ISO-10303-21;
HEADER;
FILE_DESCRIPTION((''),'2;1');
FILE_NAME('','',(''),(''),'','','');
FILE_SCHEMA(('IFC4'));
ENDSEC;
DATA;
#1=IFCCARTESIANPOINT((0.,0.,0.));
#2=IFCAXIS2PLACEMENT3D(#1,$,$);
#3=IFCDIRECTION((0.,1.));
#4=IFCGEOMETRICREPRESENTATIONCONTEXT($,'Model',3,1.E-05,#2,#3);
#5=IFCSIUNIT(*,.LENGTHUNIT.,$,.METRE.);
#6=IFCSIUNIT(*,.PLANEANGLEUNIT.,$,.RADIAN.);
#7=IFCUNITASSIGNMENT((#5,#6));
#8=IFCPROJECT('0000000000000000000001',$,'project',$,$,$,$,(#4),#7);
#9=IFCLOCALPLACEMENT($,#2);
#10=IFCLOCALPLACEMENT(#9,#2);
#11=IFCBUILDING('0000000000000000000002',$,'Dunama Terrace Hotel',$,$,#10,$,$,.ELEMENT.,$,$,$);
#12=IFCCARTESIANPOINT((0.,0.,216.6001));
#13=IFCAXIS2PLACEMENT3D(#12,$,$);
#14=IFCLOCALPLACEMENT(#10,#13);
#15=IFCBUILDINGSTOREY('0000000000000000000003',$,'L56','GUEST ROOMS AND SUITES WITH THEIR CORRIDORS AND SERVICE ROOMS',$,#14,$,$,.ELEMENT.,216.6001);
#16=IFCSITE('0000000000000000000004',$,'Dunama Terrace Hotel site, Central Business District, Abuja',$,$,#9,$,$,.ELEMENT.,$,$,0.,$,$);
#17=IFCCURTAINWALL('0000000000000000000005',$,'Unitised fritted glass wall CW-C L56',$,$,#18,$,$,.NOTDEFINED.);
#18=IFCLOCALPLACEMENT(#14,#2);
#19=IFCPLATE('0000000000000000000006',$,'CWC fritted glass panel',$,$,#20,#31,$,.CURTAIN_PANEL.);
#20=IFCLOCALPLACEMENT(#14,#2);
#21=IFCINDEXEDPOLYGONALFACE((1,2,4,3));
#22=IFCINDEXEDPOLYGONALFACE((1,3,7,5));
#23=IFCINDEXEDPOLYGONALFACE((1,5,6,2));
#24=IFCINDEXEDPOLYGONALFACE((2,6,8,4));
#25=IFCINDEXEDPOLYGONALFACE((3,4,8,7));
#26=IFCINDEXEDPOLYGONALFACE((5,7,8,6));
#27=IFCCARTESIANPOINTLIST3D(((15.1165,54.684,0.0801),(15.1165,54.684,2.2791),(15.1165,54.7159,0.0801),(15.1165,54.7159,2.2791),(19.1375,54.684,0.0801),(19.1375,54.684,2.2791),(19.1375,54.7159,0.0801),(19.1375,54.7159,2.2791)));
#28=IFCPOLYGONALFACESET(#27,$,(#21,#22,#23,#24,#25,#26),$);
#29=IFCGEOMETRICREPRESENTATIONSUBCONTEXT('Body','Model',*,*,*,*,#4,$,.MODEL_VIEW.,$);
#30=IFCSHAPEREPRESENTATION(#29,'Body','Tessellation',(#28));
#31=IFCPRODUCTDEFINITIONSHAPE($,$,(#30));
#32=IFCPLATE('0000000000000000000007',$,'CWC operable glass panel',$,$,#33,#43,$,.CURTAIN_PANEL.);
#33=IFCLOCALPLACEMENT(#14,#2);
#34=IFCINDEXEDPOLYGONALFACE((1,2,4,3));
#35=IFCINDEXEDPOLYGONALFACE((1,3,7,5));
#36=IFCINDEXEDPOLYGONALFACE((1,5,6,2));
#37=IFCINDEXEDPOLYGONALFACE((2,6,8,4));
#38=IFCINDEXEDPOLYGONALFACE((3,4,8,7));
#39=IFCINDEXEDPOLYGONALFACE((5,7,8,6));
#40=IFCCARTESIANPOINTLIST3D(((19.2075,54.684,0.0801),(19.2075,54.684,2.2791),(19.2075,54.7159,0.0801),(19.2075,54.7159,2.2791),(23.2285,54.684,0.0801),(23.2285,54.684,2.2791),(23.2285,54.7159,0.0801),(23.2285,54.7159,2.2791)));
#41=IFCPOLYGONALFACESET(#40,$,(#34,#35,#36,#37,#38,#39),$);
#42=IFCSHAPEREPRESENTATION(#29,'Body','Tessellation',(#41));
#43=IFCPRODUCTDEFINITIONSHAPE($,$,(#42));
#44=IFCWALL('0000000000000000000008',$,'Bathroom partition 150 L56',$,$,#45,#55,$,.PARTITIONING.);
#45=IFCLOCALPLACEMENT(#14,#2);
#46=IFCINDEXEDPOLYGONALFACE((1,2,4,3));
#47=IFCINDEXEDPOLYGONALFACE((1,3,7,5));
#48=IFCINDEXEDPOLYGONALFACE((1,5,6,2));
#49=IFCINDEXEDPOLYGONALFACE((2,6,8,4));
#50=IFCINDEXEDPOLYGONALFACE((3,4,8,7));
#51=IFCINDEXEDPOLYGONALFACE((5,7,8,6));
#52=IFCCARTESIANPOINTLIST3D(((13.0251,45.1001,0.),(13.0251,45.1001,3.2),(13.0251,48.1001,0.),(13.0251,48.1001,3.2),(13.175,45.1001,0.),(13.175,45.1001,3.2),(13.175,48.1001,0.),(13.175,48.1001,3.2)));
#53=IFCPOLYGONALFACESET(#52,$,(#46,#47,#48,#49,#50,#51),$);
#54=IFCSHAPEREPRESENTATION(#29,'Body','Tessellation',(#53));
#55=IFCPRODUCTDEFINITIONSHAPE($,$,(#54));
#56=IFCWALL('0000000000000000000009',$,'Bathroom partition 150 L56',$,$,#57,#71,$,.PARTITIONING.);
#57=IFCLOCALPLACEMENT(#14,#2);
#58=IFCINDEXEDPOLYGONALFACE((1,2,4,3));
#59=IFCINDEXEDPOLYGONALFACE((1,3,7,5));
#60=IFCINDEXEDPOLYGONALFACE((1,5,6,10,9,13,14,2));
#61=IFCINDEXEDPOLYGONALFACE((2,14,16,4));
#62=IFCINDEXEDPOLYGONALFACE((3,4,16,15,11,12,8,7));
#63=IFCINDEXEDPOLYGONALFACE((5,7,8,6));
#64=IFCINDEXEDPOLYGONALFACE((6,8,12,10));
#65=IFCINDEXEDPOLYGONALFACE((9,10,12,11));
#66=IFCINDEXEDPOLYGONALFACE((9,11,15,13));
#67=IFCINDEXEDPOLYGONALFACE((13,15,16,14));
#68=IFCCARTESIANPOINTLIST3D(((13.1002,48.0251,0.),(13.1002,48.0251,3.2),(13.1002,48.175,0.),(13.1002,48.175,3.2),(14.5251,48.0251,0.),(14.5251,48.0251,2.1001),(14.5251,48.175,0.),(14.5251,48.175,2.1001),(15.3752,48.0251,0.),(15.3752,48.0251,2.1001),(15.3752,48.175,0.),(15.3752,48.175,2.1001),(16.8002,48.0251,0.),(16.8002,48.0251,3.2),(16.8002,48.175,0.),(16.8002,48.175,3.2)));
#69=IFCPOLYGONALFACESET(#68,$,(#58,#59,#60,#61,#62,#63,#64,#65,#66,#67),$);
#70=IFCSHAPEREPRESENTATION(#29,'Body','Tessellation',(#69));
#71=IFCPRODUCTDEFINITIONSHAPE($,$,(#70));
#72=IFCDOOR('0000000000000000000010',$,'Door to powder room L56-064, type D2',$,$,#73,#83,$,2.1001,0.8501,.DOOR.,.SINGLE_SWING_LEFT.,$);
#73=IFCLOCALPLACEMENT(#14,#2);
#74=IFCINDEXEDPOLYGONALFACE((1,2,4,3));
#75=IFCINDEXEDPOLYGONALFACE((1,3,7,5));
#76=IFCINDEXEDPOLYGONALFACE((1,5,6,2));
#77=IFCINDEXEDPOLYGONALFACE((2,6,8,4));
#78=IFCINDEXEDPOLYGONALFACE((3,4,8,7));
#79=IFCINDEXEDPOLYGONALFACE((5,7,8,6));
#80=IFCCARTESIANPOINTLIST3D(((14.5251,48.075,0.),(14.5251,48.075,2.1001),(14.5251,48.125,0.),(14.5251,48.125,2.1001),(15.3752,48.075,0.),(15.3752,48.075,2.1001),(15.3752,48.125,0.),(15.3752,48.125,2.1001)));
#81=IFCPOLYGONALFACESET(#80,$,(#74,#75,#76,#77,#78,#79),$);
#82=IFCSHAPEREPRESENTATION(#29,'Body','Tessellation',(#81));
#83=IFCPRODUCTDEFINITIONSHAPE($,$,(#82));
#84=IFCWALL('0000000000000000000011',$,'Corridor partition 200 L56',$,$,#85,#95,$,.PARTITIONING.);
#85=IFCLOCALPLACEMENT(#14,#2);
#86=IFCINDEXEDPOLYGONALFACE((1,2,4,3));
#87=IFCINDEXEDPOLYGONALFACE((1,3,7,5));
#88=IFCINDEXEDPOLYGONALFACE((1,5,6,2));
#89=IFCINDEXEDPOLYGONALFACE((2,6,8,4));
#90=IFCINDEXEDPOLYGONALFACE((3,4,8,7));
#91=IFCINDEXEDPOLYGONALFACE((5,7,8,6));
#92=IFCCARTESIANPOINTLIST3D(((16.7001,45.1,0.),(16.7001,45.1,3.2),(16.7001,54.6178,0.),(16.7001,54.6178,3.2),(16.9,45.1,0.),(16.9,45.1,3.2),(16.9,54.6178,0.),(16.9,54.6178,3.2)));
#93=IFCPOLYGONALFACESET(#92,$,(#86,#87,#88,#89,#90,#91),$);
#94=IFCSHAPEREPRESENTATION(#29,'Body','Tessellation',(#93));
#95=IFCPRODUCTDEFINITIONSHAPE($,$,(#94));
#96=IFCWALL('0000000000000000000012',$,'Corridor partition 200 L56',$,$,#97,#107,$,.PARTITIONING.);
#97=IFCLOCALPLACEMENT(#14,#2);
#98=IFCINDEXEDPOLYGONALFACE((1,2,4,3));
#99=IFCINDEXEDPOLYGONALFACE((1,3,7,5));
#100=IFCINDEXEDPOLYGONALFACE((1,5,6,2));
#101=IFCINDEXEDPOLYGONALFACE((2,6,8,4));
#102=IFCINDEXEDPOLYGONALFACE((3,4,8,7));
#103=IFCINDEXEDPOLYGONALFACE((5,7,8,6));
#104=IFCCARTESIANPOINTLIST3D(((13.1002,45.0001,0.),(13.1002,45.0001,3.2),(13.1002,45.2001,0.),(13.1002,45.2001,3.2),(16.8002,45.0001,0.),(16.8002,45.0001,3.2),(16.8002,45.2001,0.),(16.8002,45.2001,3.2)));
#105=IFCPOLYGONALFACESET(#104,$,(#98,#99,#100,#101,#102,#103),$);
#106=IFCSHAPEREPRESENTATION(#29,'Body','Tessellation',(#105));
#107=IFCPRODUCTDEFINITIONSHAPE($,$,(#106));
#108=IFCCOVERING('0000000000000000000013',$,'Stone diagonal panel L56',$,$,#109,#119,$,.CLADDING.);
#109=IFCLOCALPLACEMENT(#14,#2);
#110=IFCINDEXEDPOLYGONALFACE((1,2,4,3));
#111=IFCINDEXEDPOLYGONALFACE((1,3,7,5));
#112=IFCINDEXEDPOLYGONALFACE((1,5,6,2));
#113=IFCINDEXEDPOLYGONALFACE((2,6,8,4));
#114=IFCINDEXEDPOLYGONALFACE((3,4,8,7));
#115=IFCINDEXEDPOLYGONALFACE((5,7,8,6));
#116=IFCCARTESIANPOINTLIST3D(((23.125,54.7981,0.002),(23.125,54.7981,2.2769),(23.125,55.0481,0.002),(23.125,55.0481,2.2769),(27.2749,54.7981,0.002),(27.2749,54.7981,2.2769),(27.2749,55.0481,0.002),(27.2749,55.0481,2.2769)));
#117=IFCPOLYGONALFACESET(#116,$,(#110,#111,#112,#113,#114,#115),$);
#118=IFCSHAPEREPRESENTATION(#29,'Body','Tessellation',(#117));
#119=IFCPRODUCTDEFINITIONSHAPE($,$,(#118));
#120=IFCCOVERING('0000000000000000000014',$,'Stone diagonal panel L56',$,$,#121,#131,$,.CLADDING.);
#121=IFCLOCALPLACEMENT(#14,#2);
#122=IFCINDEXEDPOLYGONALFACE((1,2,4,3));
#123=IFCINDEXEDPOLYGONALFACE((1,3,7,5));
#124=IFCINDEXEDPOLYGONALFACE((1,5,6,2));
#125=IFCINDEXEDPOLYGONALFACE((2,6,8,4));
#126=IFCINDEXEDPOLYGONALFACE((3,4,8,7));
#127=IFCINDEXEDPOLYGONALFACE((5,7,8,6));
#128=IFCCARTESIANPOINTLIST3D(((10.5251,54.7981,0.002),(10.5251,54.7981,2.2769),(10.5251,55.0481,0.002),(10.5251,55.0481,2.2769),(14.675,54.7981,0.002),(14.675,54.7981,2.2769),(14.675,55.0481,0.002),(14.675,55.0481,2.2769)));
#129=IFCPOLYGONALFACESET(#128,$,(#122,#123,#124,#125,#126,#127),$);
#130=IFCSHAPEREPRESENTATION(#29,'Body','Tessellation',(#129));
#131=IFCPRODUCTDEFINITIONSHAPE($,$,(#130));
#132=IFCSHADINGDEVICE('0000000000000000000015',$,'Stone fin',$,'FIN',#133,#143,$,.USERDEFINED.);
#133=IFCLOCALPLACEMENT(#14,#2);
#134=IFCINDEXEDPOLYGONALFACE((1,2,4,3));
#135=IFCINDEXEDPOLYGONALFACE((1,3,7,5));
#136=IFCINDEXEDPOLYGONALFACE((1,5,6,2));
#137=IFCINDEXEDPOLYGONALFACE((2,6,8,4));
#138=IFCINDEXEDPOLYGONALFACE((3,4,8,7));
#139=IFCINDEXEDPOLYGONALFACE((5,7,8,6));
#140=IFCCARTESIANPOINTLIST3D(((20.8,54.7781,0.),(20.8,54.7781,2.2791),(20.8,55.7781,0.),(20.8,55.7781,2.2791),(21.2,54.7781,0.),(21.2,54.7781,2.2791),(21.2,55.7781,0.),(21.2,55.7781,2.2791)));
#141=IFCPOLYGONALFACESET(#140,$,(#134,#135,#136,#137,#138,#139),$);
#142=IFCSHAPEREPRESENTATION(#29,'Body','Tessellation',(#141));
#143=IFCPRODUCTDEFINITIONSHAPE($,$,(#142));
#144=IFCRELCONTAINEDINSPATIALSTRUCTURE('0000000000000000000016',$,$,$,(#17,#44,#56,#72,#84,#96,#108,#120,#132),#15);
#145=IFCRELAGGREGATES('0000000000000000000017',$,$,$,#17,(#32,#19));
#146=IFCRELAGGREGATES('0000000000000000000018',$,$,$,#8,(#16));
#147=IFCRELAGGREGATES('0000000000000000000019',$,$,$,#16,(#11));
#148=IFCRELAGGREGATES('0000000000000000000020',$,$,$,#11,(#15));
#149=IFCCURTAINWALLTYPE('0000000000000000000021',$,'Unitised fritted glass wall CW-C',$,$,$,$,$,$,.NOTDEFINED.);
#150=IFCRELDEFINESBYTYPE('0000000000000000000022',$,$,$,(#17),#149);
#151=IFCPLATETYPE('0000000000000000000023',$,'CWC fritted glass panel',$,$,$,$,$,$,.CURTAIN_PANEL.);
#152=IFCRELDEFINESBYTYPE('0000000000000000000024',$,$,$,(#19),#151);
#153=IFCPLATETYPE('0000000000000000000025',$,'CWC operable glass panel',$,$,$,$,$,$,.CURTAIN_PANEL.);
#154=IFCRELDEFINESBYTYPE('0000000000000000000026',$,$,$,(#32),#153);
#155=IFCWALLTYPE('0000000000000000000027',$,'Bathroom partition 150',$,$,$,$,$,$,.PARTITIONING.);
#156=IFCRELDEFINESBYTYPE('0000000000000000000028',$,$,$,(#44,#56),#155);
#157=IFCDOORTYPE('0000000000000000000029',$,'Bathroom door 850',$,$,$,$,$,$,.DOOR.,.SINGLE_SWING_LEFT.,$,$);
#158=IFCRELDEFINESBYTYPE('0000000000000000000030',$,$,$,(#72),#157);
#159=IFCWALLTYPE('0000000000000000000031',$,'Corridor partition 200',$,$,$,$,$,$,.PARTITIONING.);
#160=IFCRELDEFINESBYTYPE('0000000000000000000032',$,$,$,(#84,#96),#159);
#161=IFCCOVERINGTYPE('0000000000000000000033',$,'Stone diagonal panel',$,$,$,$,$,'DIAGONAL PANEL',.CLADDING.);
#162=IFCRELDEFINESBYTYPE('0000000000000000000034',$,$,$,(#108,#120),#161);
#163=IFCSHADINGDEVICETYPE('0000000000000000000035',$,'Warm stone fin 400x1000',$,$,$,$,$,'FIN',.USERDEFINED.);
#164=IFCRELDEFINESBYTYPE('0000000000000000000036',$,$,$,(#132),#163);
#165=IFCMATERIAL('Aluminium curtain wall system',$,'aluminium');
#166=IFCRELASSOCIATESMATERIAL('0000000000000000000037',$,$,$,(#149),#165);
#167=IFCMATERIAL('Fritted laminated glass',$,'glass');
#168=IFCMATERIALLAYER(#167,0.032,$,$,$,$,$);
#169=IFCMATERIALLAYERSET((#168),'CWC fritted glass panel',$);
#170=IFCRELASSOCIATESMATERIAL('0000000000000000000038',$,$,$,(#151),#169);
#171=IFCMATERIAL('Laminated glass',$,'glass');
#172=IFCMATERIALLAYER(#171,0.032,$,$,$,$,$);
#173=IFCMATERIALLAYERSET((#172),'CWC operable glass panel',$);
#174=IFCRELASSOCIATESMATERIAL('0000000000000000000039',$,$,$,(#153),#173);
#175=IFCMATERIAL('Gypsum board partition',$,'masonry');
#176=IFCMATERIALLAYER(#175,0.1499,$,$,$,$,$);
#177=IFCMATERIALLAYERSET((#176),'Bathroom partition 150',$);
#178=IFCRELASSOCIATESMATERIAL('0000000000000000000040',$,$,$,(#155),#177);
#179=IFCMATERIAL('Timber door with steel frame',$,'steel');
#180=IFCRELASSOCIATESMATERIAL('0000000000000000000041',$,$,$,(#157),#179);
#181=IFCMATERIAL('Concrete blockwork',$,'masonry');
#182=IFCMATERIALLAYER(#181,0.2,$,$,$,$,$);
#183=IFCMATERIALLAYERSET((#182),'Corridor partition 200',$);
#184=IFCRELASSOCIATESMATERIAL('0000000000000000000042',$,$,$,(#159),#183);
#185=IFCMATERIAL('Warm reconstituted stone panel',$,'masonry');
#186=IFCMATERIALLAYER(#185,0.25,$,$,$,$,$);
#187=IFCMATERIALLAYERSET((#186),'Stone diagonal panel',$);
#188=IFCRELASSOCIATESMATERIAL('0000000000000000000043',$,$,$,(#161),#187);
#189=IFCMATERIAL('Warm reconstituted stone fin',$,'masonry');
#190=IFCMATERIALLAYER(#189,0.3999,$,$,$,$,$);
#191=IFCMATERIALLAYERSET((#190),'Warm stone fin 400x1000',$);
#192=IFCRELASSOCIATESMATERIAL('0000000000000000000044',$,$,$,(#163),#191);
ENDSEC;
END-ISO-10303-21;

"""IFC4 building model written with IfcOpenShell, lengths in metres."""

from ifc_helpers import new_model, si_unit, direction, frame, frame_2d, origin, origin_2d, place, context, subcontext, project, spatial, rectangle, extrude, material, layer, layer_set, type_object, element, fill, aggregate, save


model = new_model("IFC4")

# Units and contexts
model_context = context("Model", 3, precision=1e-05, world=origin(), true_north=direction((0.0, 1.0)))
body_context = subcontext(model_context, "Body", "Model", "MODEL_VIEW")
ifc_project = project(units=[si_unit("LENGTHUNIT", "METRE"), si_unit("PLANEANGLEUNIT", "RADIAN")], contexts=[model_context])

# Site, building, storey
site_placement = place(None, origin())
site = spatial("IfcSite", under=ifc_project, at=site_placement, Name="Dunama Terrace Hotel site, Central Business District, Abuja", CompositionType="ELEMENT", RefElevation=0.0)
building_placement = place(site_placement, origin())
building = spatial("IfcBuilding", under=site, at=building_placement, Name="Dunama Terrace Hotel", CompositionType="ELEMENT")
storey_placement = place(building_placement, frame((0.0, 0.0, 216.6001)))
storey = spatial("IfcBuildingStorey", under=building, at=storey_placement, Name="L56", Description="GUEST ROOMS AND SUITES WITH THEIR CORRIDORS AND SERVICE ROOMS", CompositionType="ELEMENT", Elevation=216.6001)

# Curtain wall, plates
ifc_material_1 = material(Name="Aluminium curtain wall system", Category="aluminium")
curtain_wall_type = type_object("IfcCurtainWallType", Name="Unitised fritted glass wall CW-C", PredefinedType="NOTDEFINED", material=ifc_material_1)
curtain_wall_placement = place(storey_placement, origin())
curtain_wall = element("IfcCurtainWall", 1, at=curtain_wall_placement, inside=storey, type_object=curtain_wall_type, Name="Unitised fritted glass wall CW-C L56", PredefinedType="NOTDEFINED")
ifc_material_2 = material(Name="Fritted laminated glass", Category="glass")
ifc_layer_1 = layer(ifc_material_2, 0.032)
ifc_layer_set_1 = layer_set([ifc_layer_1], Name="CWC fritted glass panel")
plate_type_1 = type_object("IfcPlateType", Name="CWC fritted glass panel", PredefinedType="CURTAIN_PANEL", material=ifc_layer_set_1)
plate_1_placement = place(storey_placement, frame((17.127, 54.7, 0.0801), z_axis=(0.0, 0.0, 1.0), x_axis=(-1.0, 0.0, 0.0)))
plate_1 = element("IfcPlate", 2, at=plate_1_placement, type_object=plate_type_1, Name="CWC fritted glass panel", PredefinedType="CURTAIN_PANEL", context=body_context, shape_type="SweptSolid", body=[
    extrude(rectangle(XDim=4.021, YDim=0.032, at=origin_2d()), origin(), (0.0, 0.0, 1.0), 2.199),
])
ifc_material_3 = material(Name="Laminated glass", Category="glass")
ifc_layer_2 = layer(ifc_material_3, 0.032)
ifc_layer_set_2 = layer_set([ifc_layer_2], Name="CWC operable glass panel")
plate_type_2 = type_object("IfcPlateType", Name="CWC operable glass panel", PredefinedType="CURTAIN_PANEL", material=ifc_layer_set_2)
plate_2_placement = place(storey_placement, frame((21.218, 54.7, 0.0801), z_axis=(0.0, 0.0, 1.0), x_axis=(-1.0, 0.0, 0.0)))
plate_2 = element("IfcPlate", 3, at=plate_2_placement, type_object=plate_type_2, Name="CWC operable glass panel", PredefinedType="CURTAIN_PANEL", context=body_context, shape_type="SweptSolid", body=[
    extrude(rectangle(XDim=4.021, YDim=0.032, at=origin_2d()), origin(), (0.0, 0.0, 1.0), 2.199),
])
aggregate(curtain_wall, [plate_2, plate_1])

# Wall
ifc_material_4 = material(Name="Gypsum board partition", Category="masonry")
ifc_layer_3 = layer(ifc_material_4, 0.1499)
ifc_layer_set_3 = layer_set([ifc_layer_3], Name="Bathroom partition 150")
wall_type_1 = type_object("IfcWallType", Name="Bathroom partition 150", PredefinedType="PARTITIONING", material=ifc_layer_set_3)
wall_1_placement = place(storey_placement, frame((13.1001, 45.1001, 0.0), z_axis=(0.0, 0.0, 1.0), x_axis=(0.0, 1.0, 0.0)))
element("IfcWall", 4, at=wall_1_placement, inside=storey, type_object=wall_type_1, Name="Bathroom partition 150 L56", PredefinedType="PARTITIONING", context=body_context, shape_type="SweptSolid", body=[
    extrude(rectangle(XDim=3.0, YDim=0.1499, at=frame_2d((1.5, 0.0))), origin(), (0.0, 0.0, 1.0), 3.2),
])

# Wall, opening, door
wall_2_placement = place(storey_placement, frame((13.1001, 48.1001, 0.0), z_axis=(0.0, 0.0, 1.0), x_axis=(1.0, 0.0, 0.0)))
wall_2 = element("IfcWall", 5, at=wall_2_placement, inside=storey, type_object=wall_type_1, Name="Bathroom partition 150 L56", PredefinedType="PARTITIONING", context=body_context, shape_type="SweptSolid", body=[
    extrude(rectangle(XDim=3.7, YDim=0.1499, at=frame_2d((1.8501, 0.0))), origin(), (0.0, 0.0, 1.0), 3.2),
])
opening_placement = place(wall_2_placement, frame((1.425, 0.0, 0.0)))
opening = element("IfcOpeningElement", 6, at=opening_placement, cuts=wall_2, PredefinedType="OPENING", context=body_context, shape_type="SweptSolid", body=[
    extrude(rectangle(XDim=0.8501, YDim=2.1001, at=frame_2d((0.425, 1.05))), frame((0.0, 0.085, 0.0), z_axis=(0.0, -1.0, 0.0), x_axis=(1.0, 0.0, 0.0)), (0.0, 0.0, 1.0), 0.1699),
])
ifc_material_5 = material(Name="Timber door with steel frame", Category="steel")
door_type = type_object("IfcDoorType", Name="Bathroom door 850", OperationType="SINGLE_SWING_LEFT", PredefinedType="DOOR", material=ifc_material_5)
door_placement = place(opening_placement, frame((0.8501, 0.0, 0.0), z_axis=(0.0, 0.0, 1.0), x_axis=(-1.0, 0.0, 0.0)))
door = element("IfcDoor", 7, at=door_placement, inside=storey, type_object=door_type, Name="Door to powder room L56-064, type D2", OperationType="SINGLE_SWING_LEFT", OverallHeight=2.1001, OverallWidth=0.8501, PredefinedType="DOOR", context=body_context, shape_type="SweptSolid", body=[
    extrude(rectangle(XDim=0.8501, YDim=2.1001, at=frame_2d((0.425, 1.05))), frame((0.0, 0.0251, 0.0), z_axis=(0.0, -1.0, 0.0), x_axis=(1.0, 0.0, 0.0)), (0.0, 0.0, 1.0), 0.05),
])
fill(opening, door)

# Walls
ifc_material_6 = material(Name="Concrete blockwork", Category="masonry")
ifc_layer_4 = layer(ifc_material_6, 0.2)
ifc_layer_set_4 = layer_set([ifc_layer_4], Name="Corridor partition 200")
wall_type_2 = type_object("IfcWallType", Name="Corridor partition 200", PredefinedType="PARTITIONING", material=ifc_layer_set_4)
wall_3_placement = place(storey_placement, frame((16.8, 45.1001, 0.0), z_axis=(0.0, 0.0, 1.0), x_axis=(0.0, 1.0, 0.0)))
element("IfcWall", 8, at=wall_3_placement, inside=storey, type_object=wall_type_2, Name="Corridor partition 200 L56", PredefinedType="PARTITIONING", context=body_context, shape_type="SweptSolid", body=[
    extrude(rectangle(XDim=9.5178, YDim=0.2, at=frame_2d((4.7588, 0.0))), origin(), (0.0, 0.0, 1.0), 3.2),
])
wall_4_placement = place(storey_placement, frame((13.1001, 45.1001, 0.0), z_axis=(0.0, 0.0, 1.0), x_axis=(1.0, 0.0, 0.0)))
element("IfcWall", 9, at=wall_4_placement, inside=storey, type_object=wall_type_2, Name="Corridor partition 200 L56", PredefinedType="PARTITIONING", context=body_context, shape_type="SweptSolid", body=[
    extrude(rectangle(XDim=3.7, YDim=0.2, at=frame_2d((1.8501, 0.0))), origin(), (0.0, 0.0, 1.0), 3.2),
])

# Coverings
ifc_material_7 = material(Name="Warm reconstituted stone panel", Category="masonry")
ifc_layer_5 = layer(ifc_material_7, 0.25)
ifc_layer_set_5 = layer_set([ifc_layer_5], Name="Stone diagonal panel")
covering_type = type_object("IfcCoveringType", Name="Stone diagonal panel", ElementType="DIAGONAL PANEL", PredefinedType="CLADDING", material=ifc_layer_set_5)
for number, where, z_axis, x_axis, name in (
    (10, (25.2, 54.9231, 0.002), (0.0, 0.0, 1.0), (-1.0, 0.0, 0.0), "Stone diagonal panel L56"),
    (11, (12.6001, 54.9231, 0.002), (0.0, 0.0, 1.0), (-1.0, 0.0, 0.0), "Stone diagonal panel L56"),
):
    element("IfcCovering", number, at=place(storey_placement, frame(where, z_axis=z_axis, x_axis=x_axis)), inside=storey, type_object=covering_type, Name=name, PredefinedType="CLADDING", context=body_context, shape_type="SweptSolid", body=[
        extrude(rectangle(XDim=4.1499, YDim=0.25, at=origin_2d()), origin(), (0.0, 0.0, 1.0), 2.2749),
    ])

# Shading device
ifc_material_8 = material(Name="Warm reconstituted stone fin", Category="masonry")
ifc_layer_6 = layer(ifc_material_8, 0.3999)
ifc_layer_set_6 = layer_set([ifc_layer_6], Name="Warm stone fin 400x1000")
shading_device_type = type_object("IfcShadingDeviceType", Name="Warm stone fin 400x1000", ElementType="FIN", PredefinedType="USERDEFINED", material=ifc_layer_set_6)
shading_device_placement = place(storey_placement, frame((21.0, 55.2781, 0.0), z_axis=(0.0, 0.0, 1.0), x_axis=(-1.0, 0.0, 0.0)))
element("IfcShadingDevice", 12, at=shading_device_placement, inside=storey, type_object=shading_device_type, Name="Stone fin", ObjectType="FIN", PredefinedType="USERDEFINED", context=body_context, shape_type="SweptSolid", body=[
    extrude(rectangle(XDim=0.3999, YDim=1.0, at=origin_2d()), origin(), (0.0, 0.0, 1.0), 2.2791),
])

save(model, "model.ifc")
